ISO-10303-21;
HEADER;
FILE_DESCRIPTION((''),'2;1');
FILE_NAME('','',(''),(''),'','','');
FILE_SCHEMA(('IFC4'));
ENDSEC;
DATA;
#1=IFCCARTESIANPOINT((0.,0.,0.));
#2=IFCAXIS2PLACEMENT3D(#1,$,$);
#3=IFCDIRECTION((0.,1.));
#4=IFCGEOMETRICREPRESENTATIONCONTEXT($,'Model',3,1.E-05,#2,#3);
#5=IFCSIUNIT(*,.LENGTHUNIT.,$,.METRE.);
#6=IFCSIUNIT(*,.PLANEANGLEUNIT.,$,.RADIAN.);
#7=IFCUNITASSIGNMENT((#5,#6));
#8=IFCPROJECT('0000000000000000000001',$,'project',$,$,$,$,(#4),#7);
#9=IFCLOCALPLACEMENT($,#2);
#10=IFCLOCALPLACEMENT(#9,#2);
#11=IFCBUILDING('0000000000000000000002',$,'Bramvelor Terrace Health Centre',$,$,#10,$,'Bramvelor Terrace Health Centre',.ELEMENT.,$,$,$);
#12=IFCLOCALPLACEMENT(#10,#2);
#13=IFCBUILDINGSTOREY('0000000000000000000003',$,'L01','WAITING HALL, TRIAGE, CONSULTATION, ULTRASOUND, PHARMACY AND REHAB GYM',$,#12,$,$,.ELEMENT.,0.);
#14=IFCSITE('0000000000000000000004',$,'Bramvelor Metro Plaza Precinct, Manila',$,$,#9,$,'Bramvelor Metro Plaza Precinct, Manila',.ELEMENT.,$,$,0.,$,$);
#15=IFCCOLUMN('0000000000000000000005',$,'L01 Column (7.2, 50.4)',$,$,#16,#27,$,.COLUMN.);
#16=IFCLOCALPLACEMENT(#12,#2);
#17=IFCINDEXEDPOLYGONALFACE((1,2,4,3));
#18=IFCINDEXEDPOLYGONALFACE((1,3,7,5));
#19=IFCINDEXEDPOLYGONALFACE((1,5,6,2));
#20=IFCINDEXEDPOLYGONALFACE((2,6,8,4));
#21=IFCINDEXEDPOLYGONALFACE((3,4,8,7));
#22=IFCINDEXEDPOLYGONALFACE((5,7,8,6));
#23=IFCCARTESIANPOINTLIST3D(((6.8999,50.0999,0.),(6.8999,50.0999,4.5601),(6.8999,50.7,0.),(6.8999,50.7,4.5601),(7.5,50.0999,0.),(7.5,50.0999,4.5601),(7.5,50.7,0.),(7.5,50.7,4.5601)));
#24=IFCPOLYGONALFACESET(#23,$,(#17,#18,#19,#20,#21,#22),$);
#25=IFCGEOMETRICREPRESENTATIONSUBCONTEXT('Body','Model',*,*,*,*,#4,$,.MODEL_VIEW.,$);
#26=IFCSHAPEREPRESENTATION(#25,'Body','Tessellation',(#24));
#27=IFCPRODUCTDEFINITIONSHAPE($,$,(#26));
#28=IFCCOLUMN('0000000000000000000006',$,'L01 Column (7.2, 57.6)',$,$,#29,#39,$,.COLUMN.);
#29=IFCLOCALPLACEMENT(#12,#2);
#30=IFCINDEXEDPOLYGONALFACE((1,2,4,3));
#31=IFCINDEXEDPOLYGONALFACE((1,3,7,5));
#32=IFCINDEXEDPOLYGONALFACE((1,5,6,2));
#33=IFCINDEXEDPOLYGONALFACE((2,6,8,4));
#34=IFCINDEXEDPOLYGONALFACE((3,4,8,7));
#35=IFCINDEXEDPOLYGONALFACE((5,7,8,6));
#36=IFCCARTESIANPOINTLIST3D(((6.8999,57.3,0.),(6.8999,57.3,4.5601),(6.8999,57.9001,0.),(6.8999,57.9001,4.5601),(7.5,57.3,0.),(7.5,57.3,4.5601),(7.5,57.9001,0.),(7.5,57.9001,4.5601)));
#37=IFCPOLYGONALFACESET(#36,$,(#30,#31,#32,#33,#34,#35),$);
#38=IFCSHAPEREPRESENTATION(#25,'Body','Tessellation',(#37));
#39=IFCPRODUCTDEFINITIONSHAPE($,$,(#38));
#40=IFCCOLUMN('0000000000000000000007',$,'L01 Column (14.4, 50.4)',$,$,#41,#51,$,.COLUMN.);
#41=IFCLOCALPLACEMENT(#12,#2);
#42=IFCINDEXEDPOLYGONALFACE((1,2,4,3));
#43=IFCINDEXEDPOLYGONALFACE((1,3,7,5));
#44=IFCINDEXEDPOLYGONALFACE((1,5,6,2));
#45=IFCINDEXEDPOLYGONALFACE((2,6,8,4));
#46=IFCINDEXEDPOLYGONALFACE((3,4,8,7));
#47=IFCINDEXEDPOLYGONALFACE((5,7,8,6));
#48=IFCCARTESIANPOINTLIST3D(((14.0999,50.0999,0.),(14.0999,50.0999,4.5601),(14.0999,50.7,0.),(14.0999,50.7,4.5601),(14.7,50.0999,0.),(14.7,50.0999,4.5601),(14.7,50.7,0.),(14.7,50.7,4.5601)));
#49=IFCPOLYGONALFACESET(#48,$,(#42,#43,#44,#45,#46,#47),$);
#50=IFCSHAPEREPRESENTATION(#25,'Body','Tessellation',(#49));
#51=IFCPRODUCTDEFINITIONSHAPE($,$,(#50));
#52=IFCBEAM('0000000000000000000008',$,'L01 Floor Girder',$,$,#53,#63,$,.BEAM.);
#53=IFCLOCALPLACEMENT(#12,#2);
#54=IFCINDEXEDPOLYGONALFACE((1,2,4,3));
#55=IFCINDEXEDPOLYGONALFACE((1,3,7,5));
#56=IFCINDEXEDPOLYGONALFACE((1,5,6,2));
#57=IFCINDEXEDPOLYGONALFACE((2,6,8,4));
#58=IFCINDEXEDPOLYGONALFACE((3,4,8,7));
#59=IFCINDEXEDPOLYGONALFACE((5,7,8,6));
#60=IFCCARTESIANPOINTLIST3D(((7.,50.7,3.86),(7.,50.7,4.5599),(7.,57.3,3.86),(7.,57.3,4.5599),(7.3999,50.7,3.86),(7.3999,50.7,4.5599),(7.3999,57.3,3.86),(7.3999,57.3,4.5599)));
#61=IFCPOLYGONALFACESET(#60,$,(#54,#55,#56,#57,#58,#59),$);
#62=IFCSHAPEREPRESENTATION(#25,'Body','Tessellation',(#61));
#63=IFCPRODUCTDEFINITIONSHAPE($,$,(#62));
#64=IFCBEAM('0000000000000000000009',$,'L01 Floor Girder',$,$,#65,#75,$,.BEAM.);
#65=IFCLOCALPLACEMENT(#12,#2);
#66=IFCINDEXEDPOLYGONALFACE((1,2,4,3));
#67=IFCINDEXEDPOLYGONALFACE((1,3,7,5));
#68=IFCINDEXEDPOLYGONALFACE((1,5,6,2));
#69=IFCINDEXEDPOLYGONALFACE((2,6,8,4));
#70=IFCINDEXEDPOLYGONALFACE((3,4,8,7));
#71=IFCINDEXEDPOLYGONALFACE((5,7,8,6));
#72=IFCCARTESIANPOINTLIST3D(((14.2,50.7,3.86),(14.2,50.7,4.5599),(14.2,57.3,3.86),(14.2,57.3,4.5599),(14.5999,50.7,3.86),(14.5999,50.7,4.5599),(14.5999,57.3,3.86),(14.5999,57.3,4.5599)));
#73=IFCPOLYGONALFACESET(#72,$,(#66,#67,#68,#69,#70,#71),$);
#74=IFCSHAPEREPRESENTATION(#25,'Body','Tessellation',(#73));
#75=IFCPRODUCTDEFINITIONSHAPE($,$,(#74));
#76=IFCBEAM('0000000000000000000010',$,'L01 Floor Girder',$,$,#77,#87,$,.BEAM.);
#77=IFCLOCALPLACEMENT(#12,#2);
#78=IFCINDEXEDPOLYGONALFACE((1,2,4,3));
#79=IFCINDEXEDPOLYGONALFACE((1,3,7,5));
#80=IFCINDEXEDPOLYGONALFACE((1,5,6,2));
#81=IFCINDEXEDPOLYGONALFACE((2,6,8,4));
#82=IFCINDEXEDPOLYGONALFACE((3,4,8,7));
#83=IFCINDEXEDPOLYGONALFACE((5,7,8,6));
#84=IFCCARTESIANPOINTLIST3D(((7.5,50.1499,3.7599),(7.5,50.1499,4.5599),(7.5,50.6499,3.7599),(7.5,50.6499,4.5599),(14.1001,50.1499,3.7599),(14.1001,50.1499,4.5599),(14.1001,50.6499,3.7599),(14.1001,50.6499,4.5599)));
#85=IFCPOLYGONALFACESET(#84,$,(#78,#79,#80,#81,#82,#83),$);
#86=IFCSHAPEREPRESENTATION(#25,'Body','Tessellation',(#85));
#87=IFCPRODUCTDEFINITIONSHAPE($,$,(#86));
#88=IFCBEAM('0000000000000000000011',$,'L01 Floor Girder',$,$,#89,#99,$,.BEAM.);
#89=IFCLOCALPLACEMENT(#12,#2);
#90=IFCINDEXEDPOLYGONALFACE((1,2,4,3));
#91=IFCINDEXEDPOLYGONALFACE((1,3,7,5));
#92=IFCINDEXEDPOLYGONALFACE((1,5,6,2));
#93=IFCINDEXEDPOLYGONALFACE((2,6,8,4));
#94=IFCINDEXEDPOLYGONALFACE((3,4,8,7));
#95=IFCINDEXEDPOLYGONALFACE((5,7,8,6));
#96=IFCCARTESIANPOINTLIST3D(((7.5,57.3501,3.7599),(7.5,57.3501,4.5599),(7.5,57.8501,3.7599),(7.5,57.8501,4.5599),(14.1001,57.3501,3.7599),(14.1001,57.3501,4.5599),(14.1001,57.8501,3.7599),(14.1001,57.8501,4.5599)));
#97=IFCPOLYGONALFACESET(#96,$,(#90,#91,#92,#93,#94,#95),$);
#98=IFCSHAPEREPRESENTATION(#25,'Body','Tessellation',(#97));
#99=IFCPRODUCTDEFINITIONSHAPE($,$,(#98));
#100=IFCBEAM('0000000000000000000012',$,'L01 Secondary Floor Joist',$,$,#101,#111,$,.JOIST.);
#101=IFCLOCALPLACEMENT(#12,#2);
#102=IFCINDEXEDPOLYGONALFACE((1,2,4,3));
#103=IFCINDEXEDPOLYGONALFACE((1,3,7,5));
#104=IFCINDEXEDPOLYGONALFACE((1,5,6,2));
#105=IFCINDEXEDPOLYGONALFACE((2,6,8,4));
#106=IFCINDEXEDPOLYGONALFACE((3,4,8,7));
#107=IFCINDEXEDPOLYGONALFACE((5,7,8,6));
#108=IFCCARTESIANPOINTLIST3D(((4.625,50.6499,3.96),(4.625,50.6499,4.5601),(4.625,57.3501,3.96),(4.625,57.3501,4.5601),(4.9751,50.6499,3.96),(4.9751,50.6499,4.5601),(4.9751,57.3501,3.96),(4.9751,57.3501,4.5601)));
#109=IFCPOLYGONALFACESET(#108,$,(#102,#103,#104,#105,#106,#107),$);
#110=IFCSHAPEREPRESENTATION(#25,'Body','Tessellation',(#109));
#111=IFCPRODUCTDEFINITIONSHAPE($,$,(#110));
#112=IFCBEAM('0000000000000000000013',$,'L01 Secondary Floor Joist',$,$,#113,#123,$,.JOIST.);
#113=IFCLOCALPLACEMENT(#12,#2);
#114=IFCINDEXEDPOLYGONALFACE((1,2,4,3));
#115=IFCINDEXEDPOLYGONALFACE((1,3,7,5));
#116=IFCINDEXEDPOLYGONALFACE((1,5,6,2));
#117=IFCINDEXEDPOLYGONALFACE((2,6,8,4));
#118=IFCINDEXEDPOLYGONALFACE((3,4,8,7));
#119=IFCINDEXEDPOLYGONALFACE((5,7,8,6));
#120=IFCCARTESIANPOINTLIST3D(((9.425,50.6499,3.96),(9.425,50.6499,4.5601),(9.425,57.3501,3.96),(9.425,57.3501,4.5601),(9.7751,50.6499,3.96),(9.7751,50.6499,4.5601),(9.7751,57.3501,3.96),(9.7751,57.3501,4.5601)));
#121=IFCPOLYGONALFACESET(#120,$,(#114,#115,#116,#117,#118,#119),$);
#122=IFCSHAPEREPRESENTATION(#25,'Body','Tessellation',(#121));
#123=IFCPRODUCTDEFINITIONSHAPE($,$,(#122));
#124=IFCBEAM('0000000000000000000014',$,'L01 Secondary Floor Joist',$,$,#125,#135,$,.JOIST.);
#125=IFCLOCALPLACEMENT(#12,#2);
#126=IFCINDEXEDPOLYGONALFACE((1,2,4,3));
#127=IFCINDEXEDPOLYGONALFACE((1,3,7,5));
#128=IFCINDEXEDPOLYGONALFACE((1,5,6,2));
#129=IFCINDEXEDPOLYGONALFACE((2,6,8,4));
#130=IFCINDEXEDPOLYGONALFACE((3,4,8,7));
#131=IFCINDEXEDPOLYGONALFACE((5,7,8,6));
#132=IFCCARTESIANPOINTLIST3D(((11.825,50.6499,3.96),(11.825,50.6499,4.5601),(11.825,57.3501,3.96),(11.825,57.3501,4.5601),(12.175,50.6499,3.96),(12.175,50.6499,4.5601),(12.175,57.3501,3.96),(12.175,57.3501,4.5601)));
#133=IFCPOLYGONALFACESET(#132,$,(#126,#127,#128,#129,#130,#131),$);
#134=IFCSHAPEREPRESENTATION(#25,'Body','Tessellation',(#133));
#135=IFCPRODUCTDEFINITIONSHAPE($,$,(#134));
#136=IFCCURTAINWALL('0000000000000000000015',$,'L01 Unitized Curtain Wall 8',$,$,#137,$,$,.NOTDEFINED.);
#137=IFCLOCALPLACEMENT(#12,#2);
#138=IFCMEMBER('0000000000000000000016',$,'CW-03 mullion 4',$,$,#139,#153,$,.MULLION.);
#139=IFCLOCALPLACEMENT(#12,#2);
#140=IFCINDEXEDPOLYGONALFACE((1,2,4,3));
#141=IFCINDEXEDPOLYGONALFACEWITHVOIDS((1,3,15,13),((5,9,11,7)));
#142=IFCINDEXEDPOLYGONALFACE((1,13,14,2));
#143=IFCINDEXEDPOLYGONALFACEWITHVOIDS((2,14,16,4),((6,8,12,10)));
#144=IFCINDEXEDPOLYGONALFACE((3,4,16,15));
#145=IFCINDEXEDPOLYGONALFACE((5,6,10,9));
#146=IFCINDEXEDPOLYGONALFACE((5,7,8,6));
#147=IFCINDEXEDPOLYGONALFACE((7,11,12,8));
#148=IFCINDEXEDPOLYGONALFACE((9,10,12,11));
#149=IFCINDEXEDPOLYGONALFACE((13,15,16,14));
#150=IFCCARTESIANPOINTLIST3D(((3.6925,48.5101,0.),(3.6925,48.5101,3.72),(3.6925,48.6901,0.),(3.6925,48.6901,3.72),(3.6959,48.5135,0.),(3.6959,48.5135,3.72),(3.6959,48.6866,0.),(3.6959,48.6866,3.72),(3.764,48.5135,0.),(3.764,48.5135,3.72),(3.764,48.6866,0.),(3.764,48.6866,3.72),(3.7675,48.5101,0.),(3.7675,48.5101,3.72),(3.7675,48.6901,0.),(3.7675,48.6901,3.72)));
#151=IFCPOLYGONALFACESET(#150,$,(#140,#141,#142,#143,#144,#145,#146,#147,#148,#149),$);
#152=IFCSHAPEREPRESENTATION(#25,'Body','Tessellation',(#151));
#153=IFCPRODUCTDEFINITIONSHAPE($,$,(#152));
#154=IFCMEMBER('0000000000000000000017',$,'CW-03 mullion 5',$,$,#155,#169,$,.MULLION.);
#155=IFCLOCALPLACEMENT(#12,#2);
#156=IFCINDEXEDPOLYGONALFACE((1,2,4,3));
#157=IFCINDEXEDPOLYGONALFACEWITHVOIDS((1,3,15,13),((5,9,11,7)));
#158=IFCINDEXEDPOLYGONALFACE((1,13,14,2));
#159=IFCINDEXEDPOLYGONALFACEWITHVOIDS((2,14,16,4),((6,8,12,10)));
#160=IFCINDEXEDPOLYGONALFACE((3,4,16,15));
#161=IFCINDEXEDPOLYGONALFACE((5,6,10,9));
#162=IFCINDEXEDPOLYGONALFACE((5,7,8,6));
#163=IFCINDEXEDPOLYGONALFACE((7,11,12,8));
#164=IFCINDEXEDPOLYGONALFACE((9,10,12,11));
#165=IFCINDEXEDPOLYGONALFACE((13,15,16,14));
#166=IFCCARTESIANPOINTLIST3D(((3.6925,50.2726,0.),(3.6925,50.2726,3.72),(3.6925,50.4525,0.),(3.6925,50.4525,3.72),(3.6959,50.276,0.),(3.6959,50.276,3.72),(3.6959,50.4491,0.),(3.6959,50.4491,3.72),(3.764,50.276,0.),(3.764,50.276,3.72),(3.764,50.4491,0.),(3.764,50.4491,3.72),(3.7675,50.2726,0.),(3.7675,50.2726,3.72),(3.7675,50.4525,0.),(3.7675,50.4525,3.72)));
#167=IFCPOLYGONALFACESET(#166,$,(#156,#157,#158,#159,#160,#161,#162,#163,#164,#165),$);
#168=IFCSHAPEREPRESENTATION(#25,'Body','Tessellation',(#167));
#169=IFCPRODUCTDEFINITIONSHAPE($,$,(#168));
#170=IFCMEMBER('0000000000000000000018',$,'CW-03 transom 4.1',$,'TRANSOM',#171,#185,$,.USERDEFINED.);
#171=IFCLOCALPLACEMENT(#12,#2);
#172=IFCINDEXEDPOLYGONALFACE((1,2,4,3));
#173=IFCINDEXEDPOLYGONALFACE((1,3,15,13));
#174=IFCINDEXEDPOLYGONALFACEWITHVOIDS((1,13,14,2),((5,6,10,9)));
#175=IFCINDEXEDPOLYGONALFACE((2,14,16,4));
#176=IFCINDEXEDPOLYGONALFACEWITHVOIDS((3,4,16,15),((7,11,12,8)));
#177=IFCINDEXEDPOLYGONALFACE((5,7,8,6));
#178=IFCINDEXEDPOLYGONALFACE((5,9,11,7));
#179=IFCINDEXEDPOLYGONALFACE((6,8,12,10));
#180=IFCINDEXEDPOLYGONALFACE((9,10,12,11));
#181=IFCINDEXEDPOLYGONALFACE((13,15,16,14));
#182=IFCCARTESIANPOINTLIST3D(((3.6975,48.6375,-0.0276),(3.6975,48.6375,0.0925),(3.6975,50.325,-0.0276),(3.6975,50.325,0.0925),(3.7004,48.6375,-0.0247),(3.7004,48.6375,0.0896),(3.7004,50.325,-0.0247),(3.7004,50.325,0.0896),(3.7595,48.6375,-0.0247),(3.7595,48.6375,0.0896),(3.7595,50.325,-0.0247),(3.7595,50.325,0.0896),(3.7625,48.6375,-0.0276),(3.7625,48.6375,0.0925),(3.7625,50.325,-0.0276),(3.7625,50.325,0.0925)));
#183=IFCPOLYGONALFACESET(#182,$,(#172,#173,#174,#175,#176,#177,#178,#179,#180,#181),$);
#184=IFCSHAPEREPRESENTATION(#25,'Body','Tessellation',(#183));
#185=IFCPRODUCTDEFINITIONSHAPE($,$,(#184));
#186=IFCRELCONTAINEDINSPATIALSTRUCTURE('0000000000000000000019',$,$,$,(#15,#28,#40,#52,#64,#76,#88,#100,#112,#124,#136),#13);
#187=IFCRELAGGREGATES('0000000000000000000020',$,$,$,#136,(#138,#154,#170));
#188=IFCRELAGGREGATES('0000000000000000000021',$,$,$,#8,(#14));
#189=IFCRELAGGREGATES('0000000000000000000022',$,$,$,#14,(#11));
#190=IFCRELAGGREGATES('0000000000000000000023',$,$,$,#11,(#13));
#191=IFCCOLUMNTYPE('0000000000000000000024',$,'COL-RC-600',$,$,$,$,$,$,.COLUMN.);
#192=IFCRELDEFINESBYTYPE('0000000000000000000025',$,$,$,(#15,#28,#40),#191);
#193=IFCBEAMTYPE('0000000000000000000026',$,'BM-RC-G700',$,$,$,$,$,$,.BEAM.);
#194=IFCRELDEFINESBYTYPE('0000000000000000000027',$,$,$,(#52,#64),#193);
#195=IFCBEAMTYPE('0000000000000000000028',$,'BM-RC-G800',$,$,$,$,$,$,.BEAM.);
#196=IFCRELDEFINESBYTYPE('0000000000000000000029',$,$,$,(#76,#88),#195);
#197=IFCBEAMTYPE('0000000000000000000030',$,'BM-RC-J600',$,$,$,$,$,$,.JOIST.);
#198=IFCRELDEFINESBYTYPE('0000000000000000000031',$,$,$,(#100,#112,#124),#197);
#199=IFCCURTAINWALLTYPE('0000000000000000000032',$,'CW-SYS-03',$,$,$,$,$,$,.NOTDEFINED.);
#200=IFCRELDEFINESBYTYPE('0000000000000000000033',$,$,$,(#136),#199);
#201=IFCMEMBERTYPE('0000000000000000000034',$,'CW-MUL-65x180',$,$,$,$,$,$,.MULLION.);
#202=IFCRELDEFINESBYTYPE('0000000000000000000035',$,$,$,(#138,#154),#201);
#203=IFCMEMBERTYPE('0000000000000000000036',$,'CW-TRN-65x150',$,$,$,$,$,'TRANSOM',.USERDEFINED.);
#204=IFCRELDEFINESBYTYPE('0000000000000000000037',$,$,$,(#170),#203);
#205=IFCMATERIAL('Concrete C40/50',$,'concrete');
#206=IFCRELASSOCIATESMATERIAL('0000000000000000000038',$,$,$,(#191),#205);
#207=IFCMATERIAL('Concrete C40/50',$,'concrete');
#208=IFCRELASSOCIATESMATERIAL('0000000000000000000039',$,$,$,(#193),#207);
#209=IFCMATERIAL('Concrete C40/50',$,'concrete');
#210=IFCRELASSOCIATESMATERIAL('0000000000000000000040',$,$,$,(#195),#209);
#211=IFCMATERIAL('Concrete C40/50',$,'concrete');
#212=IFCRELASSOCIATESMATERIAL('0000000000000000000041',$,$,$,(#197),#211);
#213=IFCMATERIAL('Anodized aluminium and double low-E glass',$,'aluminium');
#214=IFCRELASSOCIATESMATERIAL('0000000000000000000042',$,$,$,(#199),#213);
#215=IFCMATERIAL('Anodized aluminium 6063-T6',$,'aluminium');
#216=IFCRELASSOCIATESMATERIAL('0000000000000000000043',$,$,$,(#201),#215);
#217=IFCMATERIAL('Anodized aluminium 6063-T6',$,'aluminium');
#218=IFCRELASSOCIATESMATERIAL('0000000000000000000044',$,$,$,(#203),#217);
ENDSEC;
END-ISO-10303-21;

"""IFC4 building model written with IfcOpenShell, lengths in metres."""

from ifc_helpers import new_model, si_unit, direction, frame, origin, origin_2d, place, context, subcontext, project, spatial, rectangle, hollow_rectangle, extrude, material, material_profile, profile_set, type_object, element, aggregate, save


model = new_model("IFC4")

# Units and contexts
model_context = context("Model", 3, precision=1e-05, world=origin(), true_north=direction((0.0, 1.0)))
body_context = subcontext(model_context, "Body", "Model", "MODEL_VIEW")
ifc_project = project(units=[si_unit("LENGTHUNIT", "METRE"), si_unit("PLANEANGLEUNIT", "RADIAN")], contexts=[model_context])

# Site, building, storey
site_placement = place(None, origin())
site = spatial("IfcSite", under=ifc_project, at=site_placement, Name="Bramvelor Metro Plaza Precinct, Manila", LongName="Bramvelor Metro Plaza Precinct, Manila", CompositionType="ELEMENT", RefElevation=0.0)
building_placement = place(site_placement, origin())
building = spatial("IfcBuilding", under=site, at=building_placement, Name="Bramvelor Terrace Health Centre", LongName="Bramvelor Terrace Health Centre", CompositionType="ELEMENT")
storey_placement = place(building_placement, origin())
storey = spatial("IfcBuildingStorey", under=building, at=storey_placement, Name="L01", Description="WAITING HALL, TRIAGE, CONSULTATION, ULTRASOUND, PHARMACY AND REHAB GYM", CompositionType="ELEMENT", Elevation=0.0)

# Columns
ifc_material_1 = material(Name="Concrete C40/50", Category="concrete")
ifc_material_profile_1 = material_profile(ifc_material_1, rectangle(XDim=0.6001, YDim=0.6001, at=origin_2d()), Name="RC 600x600")
ifc_profile_set_1 = profile_set([ifc_material_profile_1], Name="Concrete C40/50")
column_type = type_object("IfcColumnType", Name="COL-RC-600", PredefinedType="COLUMN", material=ifc_profile_set_1)
for number, where, z_axis, x_axis, name in (
    (1, (7.2, 50.3999, 0.0), (0.0, 0.0, 1.0), (1.0, 0.0, 0.0), "L01 Column (7.2, 50.4)"),
    (2, (7.2, 57.6001, 0.0), (0.0, 0.0, 1.0), (1.0, 0.0, 0.0), "L01 Column (7.2, 57.6)"),
    (3, (14.3999, 50.3999, 0.0), (0.0, 0.0, 1.0), (1.0, 0.0, 0.0), "L01 Column (14.4, 50.4)"),
):
    element("IfcColumn", number, at=place(storey_placement, frame(where, z_axis=z_axis, x_axis=x_axis)), inside=storey, type_object=column_type, Name=name, PredefinedType="COLUMN", context=body_context, shape_type="SweptSolid", body=[
        extrude(rectangle(XDim=0.6001, YDim=0.6001, at=origin_2d()), origin(), (0.0, 0.0, 1.0), 4.5601),
    ])

# Beams
ifc_material_2 = material(Name="Concrete C40/50", Category="concrete")
ifc_material_profile_2 = material_profile(ifc_material_2, rectangle(XDim=0.3999, YDim=0.7, at=origin_2d()), Name="RC 400x700")
ifc_profile_set_2 = profile_set([ifc_material_profile_2], Name="Concrete C40/50")
beam_type_1 = type_object("IfcBeamType", Name="BM-RC-G700", PredefinedType="BEAM", material=ifc_profile_set_2)
for number, where, z_axis, x_axis, name in (
    (4, (7.2, 50.7, 4.21), (0.0, 1.0, 0.0), (-1.0, 0.0, 0.0), "L01 Floor Girder"),
    (5, (14.3999, 50.7, 4.21), (0.0, 1.0, 0.0), (-1.0, 0.0, 0.0), "L01 Floor Girder"),
):
    element("IfcBeam", number, at=place(storey_placement, frame(where, z_axis=z_axis, x_axis=x_axis)), inside=storey, type_object=beam_type_1, Name=name, PredefinedType="BEAM", context=body_context, shape_type="SweptSolid", body=[
        extrude(rectangle(XDim=0.3999, YDim=0.7, at=origin_2d()), origin(), (0.0, 0.0, 1.0), 6.6001),
    ])
ifc_material_3 = material(Name="Concrete C40/50", Category="concrete")
ifc_material_profile_3 = material_profile(ifc_material_3, rectangle(XDim=0.5, YDim=0.8, at=origin_2d()), Name="RC 500x800")
ifc_profile_set_3 = profile_set([ifc_material_profile_3], Name="Concrete C40/50")
beam_type_2 = type_object("IfcBeamType", Name="BM-RC-G800", PredefinedType="BEAM", material=ifc_profile_set_3)
for number, where, z_axis, x_axis, name in (
    (6, (7.5, 50.3999, 4.1599), (1.0, 0.0, 0.0), (0.0, 1.0, 0.0), "L01 Floor Girder"),
    (7, (7.5, 57.6001, 4.1599), (1.0, 0.0, 0.0), (0.0, 1.0, 0.0), "L01 Floor Girder"),
):
    element("IfcBeam", number, at=place(storey_placement, frame(where, z_axis=z_axis, x_axis=x_axis)), inside=storey, type_object=beam_type_2, Name=name, PredefinedType="BEAM", context=body_context, shape_type="SweptSolid", body=[
        extrude(rectangle(XDim=0.5, YDim=0.8, at=origin_2d()), origin(), (0.0, 0.0, 1.0), 6.6001),
    ])
ifc_material_4 = material(Name="Concrete C40/50", Category="concrete")
ifc_material_profile_4 = material_profile(ifc_material_4, rectangle(XDim=0.3501, YDim=0.6001, at=origin_2d()), Name="RC 350x600")
ifc_profile_set_4 = profile_set([ifc_material_profile_4], Name="Concrete C40/50")
beam_type_3 = type_object("IfcBeamType", Name="BM-RC-J600", PredefinedType="JOIST", material=ifc_profile_set_4)
for number, where, z_axis, x_axis, name in (
    (8, (4.8, 50.6499, 4.26), (0.0, 1.0, 0.0), (-1.0, 0.0, 0.0), "L01 Secondary Floor Joist"),
    (9, (9.6001, 50.6499, 4.26), (0.0, 1.0, 0.0), (-1.0, 0.0, 0.0), "L01 Secondary Floor Joist"),
    (10, (12.0, 50.6499, 4.26), (0.0, 1.0, 0.0), (-1.0, 0.0, 0.0), "L01 Secondary Floor Joist"),
):
    element("IfcBeam", number, at=place(storey_placement, frame(where, z_axis=z_axis, x_axis=x_axis)), inside=storey, type_object=beam_type_3, Name=name, PredefinedType="JOIST", context=body_context, shape_type="SweptSolid", body=[
        extrude(rectangle(XDim=0.3501, YDim=0.6001, at=origin_2d()), origin(), (0.0, 0.0, 1.0), 6.7002),
    ])

# Curtain wall, members
ifc_material_5 = material(Name="Anodized aluminium and double low-E glass", Category="aluminium")
curtain_wall_type = type_object("IfcCurtainWallType", Name="CW-SYS-03", PredefinedType="NOTDEFINED", material=ifc_material_5)
curtain_wall_placement = place(storey_placement, origin())
curtain_wall = element("IfcCurtainWall", 11, at=curtain_wall_placement, inside=storey, type_object=curtain_wall_type, Name="L01 Unitized Curtain Wall 8", PredefinedType="NOTDEFINED")
ifc_material_6 = material(Name="Anodized aluminium 6063-T6", Category="aluminium")
ifc_material_profile_5 = material_profile(ifc_material_6, hollow_rectangle(XDim=0.075, YDim=0.1799, WallThickness=0.0034, at=origin_2d()), Name="ALU-MUL 75x180x3.5")
ifc_profile_set_5 = profile_set([ifc_material_profile_5], Name="Anodized aluminium 6063-T6")
member_type_1 = type_object("IfcMemberType", Name="CW-MUL-65x180", PredefinedType="MULLION", material=ifc_profile_set_5)
member_1_placement = place(storey_placement, frame((3.73, 48.6001, 0.0), z_axis=(0.0, 0.0, 1.0), x_axis=(-1.0, 0.0, 0.0)))
member_1 = element("IfcMember", 12, at=member_1_placement, type_object=member_type_1, Name="CW-03 mullion 4", PredefinedType="MULLION", context=body_context, shape_type="SweptSolid", body=[
    extrude(hollow_rectangle(XDim=0.075, YDim=0.1799, WallThickness=0.0034, at=origin_2d()), origin(), (0.0, 0.0, 1.0), 3.72),
])
member_2_placement = place(storey_placement, frame((3.73, 50.3625, 0.0), z_axis=(0.0, 0.0, 1.0), x_axis=(-1.0, 0.0, 0.0)))
member_2 = element("IfcMember", 13, at=member_2_placement, type_object=member_type_1, Name="CW-03 mullion 5", PredefinedType="MULLION", context=body_context, shape_type="SweptSolid", body=[
    extrude(hollow_rectangle(XDim=0.075, YDim=0.1799, WallThickness=0.0034, at=origin_2d()), origin(), (0.0, 0.0, 1.0), 3.72),
])
ifc_material_7 = material(Name="Anodized aluminium 6063-T6", Category="aluminium")
ifc_material_profile_6 = material_profile(ifc_material_7, hollow_rectangle(XDim=0.0649, YDim=0.1201, WallThickness=0.0029, at=origin_2d()), Name="ALU-TRN 65x120x3.0")
ifc_profile_set_6 = profile_set([ifc_material_profile_6], Name="Anodized aluminium 6063-T6")
member_type_2 = type_object("IfcMemberType", Name="CW-TRN-65x150", ElementType="TRANSOM", PredefinedType="USERDEFINED", material=ifc_profile_set_6)
member_3_placement = place(storey_placement, frame((3.73, 48.6375, 0.0325), z_axis=(0.0, 1.0, 0.0), x_axis=(-1.0, 0.0, 0.0)))
member_3 = element("IfcMember", 14, at=member_3_placement, type_object=member_type_2, Name="CW-03 transom 4.1", ObjectType="TRANSOM", PredefinedType="USERDEFINED", context=body_context, shape_type="SweptSolid", body=[
    extrude(hollow_rectangle(XDim=0.0649, YDim=0.1201, WallThickness=0.0029, at=origin_2d()), origin(), (0.0, 0.0, 1.0), 1.6875),
])
aggregate(curtain_wall, [member_1, member_2, member_3])

save(model, "model.ifc")
